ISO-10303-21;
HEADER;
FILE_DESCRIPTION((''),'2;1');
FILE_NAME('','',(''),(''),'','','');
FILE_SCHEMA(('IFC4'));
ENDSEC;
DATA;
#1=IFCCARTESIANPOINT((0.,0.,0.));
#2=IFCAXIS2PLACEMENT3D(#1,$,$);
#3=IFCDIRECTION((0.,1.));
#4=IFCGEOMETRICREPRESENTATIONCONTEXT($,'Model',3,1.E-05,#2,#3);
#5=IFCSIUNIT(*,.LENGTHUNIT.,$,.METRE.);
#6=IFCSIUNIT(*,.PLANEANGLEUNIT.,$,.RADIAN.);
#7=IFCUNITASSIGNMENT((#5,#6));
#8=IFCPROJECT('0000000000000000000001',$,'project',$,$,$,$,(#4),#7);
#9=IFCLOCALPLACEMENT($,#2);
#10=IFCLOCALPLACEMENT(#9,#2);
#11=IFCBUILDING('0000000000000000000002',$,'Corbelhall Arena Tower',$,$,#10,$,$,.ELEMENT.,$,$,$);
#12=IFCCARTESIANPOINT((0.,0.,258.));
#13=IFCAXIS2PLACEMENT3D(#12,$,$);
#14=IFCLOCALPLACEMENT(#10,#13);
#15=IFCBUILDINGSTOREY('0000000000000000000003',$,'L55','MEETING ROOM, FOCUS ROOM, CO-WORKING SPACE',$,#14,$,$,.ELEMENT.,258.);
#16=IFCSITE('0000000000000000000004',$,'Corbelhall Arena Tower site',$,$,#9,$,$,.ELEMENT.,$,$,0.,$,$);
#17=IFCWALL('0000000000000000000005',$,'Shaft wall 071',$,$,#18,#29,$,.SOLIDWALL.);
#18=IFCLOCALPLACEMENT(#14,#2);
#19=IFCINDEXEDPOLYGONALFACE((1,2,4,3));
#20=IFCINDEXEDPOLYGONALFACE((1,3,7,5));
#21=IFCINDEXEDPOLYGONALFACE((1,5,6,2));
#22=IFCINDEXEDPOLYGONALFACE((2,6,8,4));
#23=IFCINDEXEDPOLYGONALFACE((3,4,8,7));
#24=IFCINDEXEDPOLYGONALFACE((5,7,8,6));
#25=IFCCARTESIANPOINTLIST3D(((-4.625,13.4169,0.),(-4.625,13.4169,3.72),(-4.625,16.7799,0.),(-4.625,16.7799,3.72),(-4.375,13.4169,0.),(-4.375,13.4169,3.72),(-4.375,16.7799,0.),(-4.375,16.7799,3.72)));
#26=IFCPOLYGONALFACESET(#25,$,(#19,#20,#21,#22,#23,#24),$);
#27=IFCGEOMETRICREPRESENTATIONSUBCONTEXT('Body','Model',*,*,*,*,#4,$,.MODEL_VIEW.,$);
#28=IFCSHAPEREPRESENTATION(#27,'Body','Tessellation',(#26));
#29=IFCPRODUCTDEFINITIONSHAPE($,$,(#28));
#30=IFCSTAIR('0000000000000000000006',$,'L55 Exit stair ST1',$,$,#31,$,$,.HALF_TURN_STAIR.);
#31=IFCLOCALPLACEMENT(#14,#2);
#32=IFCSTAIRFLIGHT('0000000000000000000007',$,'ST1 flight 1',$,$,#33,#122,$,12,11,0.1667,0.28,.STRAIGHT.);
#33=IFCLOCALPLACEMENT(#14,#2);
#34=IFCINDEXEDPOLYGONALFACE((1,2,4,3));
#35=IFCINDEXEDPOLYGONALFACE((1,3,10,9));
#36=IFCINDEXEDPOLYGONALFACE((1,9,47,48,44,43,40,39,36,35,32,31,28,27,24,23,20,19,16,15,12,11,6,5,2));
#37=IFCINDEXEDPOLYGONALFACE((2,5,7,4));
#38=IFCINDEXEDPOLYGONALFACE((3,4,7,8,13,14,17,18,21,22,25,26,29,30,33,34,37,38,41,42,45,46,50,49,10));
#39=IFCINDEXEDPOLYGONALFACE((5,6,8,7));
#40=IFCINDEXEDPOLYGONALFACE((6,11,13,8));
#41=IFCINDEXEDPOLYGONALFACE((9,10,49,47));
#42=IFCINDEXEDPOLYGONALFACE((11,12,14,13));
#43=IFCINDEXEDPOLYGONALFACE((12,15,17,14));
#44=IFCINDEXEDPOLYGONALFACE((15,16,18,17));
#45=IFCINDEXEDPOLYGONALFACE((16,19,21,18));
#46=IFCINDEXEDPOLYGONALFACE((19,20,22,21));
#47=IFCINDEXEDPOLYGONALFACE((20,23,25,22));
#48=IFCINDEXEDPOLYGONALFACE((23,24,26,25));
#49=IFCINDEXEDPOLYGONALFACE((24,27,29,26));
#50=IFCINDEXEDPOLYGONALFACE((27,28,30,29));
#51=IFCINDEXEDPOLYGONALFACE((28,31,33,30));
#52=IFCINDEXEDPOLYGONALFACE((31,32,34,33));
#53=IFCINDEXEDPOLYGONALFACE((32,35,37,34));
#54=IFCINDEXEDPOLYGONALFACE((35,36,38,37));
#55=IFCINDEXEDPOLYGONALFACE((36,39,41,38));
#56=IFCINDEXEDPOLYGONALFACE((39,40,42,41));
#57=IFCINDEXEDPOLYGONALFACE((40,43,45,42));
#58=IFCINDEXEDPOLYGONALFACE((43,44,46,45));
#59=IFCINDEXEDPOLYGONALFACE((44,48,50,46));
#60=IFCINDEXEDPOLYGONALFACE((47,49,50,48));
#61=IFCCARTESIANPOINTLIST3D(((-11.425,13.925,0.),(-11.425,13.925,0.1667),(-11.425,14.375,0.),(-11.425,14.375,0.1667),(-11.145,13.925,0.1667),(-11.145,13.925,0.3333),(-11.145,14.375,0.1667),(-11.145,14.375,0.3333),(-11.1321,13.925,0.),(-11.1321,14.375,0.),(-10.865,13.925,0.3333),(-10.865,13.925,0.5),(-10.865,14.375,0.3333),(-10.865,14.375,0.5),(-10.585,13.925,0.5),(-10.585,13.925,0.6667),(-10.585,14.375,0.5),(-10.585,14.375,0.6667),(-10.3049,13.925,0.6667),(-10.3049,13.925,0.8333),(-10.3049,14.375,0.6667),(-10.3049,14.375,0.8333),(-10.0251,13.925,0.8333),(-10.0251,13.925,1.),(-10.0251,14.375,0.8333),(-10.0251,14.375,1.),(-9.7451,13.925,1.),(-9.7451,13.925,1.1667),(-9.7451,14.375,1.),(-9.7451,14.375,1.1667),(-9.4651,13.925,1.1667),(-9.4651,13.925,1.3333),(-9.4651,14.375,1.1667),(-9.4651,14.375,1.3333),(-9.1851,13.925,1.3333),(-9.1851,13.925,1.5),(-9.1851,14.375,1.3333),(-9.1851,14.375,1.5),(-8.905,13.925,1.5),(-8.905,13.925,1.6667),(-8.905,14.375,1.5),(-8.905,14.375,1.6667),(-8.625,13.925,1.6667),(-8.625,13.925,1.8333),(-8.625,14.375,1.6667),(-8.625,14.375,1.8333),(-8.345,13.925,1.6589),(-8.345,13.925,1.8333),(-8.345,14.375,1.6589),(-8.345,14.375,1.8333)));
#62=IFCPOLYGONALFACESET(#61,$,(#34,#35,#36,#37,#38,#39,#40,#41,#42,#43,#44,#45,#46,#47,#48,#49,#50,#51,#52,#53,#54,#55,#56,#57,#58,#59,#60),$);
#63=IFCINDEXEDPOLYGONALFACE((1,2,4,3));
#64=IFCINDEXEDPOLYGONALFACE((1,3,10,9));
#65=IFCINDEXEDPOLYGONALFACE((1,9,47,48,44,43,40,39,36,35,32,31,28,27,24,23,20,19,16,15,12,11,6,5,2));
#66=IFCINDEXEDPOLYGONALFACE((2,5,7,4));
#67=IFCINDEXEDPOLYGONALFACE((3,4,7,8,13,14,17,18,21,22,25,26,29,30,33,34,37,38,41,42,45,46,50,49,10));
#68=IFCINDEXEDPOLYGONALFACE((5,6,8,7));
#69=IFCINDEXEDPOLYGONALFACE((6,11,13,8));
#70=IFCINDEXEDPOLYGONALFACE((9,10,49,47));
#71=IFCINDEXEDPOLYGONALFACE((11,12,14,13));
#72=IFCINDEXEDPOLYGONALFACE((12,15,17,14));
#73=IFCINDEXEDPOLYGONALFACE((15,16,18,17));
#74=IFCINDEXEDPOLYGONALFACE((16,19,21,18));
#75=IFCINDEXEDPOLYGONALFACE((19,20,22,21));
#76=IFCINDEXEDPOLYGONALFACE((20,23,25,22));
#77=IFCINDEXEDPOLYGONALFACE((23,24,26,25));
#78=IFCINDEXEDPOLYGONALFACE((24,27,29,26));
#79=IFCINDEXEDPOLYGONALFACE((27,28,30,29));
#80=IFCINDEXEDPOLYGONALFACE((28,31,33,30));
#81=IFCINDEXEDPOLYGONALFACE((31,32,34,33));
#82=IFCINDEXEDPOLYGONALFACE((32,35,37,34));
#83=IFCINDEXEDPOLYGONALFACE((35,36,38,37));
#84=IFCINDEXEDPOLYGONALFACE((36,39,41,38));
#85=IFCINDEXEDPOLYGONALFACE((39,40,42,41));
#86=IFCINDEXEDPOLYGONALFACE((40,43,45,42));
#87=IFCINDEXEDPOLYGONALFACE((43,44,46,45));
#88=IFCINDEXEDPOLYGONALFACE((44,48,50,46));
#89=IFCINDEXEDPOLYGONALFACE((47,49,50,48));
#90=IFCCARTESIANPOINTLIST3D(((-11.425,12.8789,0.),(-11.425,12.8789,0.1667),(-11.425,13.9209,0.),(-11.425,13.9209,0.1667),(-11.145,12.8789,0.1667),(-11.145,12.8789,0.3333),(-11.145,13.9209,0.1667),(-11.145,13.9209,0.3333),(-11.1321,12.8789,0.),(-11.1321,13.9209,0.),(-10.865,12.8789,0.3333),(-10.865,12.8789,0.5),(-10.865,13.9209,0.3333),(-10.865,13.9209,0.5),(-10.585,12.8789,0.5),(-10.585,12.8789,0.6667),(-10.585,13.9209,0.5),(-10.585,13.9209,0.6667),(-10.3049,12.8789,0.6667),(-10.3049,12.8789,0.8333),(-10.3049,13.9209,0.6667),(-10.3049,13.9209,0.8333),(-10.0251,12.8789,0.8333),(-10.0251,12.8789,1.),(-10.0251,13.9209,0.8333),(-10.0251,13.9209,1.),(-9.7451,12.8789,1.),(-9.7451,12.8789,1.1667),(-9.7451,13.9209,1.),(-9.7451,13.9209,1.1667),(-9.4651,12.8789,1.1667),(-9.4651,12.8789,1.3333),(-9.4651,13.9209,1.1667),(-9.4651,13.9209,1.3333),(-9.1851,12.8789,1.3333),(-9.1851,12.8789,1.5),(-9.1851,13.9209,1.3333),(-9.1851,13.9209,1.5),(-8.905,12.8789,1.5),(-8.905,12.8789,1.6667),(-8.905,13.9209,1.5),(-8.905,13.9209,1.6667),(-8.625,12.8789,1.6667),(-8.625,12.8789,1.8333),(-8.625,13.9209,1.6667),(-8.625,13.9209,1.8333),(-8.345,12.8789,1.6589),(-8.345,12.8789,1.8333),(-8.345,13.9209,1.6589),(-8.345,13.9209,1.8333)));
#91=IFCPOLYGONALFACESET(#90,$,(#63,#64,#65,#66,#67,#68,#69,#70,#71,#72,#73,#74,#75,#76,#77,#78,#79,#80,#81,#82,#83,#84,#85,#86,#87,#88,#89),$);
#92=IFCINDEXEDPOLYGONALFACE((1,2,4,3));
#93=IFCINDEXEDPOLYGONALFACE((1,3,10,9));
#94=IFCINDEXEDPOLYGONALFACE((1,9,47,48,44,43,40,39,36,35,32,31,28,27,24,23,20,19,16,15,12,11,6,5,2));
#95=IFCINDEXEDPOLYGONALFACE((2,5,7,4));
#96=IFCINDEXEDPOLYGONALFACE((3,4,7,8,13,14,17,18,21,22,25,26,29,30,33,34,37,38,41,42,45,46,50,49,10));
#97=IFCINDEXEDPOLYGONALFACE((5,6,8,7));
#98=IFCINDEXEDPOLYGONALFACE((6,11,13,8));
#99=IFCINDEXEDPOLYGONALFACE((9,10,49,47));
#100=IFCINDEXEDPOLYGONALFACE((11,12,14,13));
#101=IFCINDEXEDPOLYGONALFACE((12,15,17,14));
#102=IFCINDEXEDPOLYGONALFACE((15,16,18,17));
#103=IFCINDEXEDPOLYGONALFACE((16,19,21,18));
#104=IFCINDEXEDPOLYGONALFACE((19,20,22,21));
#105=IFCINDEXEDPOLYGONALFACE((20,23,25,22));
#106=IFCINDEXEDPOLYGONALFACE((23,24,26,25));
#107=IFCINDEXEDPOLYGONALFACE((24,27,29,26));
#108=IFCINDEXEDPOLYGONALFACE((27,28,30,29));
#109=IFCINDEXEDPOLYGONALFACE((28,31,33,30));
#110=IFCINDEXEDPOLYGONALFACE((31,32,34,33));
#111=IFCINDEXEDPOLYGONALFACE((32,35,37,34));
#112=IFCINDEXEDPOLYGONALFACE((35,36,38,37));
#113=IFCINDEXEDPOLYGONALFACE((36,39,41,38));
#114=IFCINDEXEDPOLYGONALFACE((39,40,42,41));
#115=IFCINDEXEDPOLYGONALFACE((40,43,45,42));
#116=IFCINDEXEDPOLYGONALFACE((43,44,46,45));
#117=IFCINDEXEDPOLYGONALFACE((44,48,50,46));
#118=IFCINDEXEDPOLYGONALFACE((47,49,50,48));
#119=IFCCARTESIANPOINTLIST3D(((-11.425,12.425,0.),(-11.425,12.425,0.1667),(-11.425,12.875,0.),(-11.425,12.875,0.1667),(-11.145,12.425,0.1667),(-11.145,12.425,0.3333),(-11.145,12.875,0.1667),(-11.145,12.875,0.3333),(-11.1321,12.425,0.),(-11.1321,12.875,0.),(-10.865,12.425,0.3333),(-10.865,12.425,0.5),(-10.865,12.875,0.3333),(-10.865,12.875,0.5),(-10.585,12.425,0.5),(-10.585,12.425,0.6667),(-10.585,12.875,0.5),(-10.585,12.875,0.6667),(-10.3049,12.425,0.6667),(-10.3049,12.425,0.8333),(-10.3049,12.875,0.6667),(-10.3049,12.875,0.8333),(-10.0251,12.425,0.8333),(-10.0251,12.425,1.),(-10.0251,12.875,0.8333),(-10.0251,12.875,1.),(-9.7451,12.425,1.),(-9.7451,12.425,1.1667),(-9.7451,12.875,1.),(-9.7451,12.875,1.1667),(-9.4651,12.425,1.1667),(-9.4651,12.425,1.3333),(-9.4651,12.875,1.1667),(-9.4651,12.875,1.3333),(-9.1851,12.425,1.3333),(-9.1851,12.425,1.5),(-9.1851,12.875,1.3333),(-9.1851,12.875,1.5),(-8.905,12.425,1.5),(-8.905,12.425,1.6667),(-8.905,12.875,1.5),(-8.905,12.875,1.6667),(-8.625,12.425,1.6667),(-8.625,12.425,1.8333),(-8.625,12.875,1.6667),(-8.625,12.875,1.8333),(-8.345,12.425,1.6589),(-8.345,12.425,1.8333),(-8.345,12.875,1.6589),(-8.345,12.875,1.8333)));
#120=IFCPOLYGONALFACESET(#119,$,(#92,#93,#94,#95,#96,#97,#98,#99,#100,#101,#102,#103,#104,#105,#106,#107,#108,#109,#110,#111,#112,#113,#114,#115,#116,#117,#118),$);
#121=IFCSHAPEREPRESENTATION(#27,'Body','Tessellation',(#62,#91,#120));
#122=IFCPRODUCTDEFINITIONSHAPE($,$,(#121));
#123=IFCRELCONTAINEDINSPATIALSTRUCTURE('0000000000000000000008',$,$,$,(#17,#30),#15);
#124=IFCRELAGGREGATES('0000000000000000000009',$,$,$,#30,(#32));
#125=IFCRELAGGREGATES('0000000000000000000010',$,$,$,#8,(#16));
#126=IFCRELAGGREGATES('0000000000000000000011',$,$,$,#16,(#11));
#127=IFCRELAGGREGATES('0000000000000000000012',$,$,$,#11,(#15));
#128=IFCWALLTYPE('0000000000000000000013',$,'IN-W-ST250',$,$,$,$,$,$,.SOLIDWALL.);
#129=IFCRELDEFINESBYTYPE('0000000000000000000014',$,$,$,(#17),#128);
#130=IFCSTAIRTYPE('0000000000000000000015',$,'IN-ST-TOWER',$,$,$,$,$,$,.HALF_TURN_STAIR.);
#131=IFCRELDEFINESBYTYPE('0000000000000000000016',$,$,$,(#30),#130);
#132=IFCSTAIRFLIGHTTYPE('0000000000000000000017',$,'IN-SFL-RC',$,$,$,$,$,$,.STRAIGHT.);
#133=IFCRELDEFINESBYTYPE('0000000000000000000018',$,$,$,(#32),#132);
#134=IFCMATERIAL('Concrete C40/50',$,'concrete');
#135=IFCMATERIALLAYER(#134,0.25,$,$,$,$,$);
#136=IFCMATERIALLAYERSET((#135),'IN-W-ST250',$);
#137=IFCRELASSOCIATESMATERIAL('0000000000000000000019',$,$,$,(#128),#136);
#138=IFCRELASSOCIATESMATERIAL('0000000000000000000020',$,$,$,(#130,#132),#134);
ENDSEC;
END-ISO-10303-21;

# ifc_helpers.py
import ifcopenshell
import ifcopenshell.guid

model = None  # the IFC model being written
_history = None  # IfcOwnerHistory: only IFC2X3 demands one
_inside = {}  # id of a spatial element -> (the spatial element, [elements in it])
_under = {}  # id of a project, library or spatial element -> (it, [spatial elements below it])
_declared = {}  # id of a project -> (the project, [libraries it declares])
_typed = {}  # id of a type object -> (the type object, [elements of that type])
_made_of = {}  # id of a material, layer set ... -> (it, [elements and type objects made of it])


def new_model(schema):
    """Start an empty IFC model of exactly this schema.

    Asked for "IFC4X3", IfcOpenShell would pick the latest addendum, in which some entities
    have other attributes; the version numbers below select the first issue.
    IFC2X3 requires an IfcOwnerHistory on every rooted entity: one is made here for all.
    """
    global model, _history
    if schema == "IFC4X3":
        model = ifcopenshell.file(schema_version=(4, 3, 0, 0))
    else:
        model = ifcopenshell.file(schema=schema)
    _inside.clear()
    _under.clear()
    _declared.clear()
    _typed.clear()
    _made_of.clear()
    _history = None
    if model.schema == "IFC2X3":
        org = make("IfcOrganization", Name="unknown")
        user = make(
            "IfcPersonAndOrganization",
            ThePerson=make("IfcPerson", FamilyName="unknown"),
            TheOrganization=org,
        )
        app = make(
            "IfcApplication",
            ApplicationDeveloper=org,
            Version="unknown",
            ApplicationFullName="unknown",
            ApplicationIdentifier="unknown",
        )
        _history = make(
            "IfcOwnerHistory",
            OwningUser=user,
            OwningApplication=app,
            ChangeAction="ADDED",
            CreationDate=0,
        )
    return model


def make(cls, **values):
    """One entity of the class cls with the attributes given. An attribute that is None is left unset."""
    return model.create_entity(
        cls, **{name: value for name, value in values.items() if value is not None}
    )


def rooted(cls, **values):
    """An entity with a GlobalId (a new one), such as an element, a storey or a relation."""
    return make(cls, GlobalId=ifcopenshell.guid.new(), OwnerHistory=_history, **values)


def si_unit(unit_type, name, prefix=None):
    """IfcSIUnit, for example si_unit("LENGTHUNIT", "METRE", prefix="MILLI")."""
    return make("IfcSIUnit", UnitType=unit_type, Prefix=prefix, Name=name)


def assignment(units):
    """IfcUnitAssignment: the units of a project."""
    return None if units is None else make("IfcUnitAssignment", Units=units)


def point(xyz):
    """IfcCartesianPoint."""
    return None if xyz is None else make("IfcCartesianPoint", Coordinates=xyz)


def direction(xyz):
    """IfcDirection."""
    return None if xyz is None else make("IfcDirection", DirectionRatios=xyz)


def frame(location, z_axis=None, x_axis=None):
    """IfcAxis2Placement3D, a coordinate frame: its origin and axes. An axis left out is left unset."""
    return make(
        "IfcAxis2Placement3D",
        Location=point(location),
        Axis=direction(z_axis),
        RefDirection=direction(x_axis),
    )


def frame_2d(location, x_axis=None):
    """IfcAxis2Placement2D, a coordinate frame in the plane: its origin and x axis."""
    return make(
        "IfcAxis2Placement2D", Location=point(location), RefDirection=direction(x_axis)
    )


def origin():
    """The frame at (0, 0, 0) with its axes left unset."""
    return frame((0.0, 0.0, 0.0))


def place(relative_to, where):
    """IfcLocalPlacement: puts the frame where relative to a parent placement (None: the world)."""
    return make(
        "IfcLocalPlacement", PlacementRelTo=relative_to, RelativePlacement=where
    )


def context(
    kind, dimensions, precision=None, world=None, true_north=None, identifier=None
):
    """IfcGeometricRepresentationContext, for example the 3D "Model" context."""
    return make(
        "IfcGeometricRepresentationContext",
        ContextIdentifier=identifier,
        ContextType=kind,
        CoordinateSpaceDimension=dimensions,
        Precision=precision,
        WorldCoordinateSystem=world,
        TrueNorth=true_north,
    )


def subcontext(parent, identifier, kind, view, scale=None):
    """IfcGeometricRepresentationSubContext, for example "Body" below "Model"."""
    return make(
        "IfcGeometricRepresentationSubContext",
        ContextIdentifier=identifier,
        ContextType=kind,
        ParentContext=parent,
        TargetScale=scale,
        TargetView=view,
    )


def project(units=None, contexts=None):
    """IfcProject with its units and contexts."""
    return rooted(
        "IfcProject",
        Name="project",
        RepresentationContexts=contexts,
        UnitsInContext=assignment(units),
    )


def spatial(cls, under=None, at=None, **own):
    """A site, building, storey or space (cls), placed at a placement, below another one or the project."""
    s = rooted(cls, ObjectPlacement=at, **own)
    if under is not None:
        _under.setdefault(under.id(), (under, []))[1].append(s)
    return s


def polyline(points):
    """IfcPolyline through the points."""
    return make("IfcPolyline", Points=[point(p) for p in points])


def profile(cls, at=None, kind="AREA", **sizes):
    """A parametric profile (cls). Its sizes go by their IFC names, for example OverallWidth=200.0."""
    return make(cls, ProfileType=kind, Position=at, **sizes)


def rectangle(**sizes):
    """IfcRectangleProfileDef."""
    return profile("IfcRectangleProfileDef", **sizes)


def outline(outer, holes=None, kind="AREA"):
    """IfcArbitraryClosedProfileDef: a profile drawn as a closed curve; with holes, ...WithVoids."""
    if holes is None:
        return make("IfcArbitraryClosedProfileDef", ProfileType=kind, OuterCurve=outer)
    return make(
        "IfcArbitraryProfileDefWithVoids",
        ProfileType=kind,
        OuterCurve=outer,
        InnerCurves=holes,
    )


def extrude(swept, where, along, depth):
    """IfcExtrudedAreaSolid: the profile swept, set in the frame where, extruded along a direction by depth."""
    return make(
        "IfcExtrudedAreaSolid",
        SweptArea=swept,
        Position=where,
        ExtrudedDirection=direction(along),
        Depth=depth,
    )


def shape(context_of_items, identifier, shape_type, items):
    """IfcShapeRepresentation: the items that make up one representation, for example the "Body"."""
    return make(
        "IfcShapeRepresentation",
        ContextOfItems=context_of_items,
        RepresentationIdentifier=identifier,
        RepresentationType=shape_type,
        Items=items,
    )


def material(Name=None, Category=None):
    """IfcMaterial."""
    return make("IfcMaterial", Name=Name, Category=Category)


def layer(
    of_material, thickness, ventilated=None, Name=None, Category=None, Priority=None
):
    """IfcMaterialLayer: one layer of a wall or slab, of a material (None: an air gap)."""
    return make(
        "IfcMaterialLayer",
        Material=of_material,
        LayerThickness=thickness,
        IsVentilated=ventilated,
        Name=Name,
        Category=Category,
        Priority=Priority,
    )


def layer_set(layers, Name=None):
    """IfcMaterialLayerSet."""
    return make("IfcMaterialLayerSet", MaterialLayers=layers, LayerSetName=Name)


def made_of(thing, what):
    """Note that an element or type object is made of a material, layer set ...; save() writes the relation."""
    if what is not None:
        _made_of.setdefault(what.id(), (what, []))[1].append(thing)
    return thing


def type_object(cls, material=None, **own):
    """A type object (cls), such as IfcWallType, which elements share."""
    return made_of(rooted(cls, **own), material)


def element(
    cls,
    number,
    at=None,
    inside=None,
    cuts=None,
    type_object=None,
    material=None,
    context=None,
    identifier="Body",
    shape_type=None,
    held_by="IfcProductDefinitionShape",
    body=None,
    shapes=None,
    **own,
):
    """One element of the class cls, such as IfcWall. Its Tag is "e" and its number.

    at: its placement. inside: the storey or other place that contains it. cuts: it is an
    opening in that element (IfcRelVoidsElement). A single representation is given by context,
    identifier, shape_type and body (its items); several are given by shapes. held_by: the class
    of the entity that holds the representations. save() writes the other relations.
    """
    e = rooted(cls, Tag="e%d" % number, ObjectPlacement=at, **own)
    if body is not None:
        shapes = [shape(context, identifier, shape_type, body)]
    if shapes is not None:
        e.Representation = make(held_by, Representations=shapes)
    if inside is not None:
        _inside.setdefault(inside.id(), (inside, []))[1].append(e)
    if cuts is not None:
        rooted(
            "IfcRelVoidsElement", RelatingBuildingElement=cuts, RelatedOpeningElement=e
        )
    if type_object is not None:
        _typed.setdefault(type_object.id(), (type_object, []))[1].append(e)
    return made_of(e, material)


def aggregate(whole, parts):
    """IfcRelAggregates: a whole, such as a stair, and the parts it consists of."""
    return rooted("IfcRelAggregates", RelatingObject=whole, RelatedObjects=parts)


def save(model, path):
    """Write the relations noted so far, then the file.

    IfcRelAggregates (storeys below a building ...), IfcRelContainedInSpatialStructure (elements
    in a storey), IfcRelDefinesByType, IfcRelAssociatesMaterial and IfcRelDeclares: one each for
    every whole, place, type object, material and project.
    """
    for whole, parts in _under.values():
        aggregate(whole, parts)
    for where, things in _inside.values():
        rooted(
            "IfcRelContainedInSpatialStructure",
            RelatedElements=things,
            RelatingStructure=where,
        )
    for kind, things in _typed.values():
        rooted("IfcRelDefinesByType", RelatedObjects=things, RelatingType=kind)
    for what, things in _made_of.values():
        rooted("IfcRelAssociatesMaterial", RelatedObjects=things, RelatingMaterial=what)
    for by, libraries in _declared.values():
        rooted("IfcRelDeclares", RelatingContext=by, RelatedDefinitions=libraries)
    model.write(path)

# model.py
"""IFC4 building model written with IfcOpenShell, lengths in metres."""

from ifc_helpers import new_model, si_unit, direction, frame, frame_2d, origin, place, context, subcontext, project, spatial, polyline, rectangle, outline, extrude, material, layer, layer_set, type_object, element, aggregate, save


model = new_model("IFC4")

# Units and contexts
model_context = context("Model", 3, precision=1e-05, world=origin(), true_north=direction((0.0, 1.0)))
body_context = subcontext(model_context, "Body", "Model", "MODEL_VIEW")
ifc_project = project(units=[si_unit("LENGTHUNIT", "METRE"), si_unit("PLANEANGLEUNIT", "RADIAN")], contexts=[model_context])

# Site, building, storey
site_placement = place(None, origin())
site = spatial("IfcSite", under=ifc_project, at=site_placement, Name="Corbelhall Arena Tower site", CompositionType="ELEMENT", RefElevation=0.0)
building_placement = place(site_placement, origin())
building = spatial("IfcBuilding", under=site, at=building_placement, Name="Corbelhall Arena Tower", CompositionType="ELEMENT")
storey_placement = place(building_placement, frame((0.0, 0.0, 258.0)))
storey = spatial("IfcBuildingStorey", under=building, at=storey_placement, Name="L55", Description="MEETING ROOM, FOCUS ROOM, CO-WORKING SPACE", CompositionType="ELEMENT", Elevation=258.0)

# Wall
ifc_material_1 = material(Name="Concrete C40/50", Category="concrete")
ifc_layer_1 = layer(ifc_material_1, 0.25)
ifc_layer_set_1 = layer_set([ifc_layer_1], Name="IN-W-ST250")
wall_type_1 = type_object("IfcWallType", Name="IN-W-ST250", PredefinedType="SOLIDWALL", material=ifc_layer_set_1)
wall_1_placement = place(storey_placement, frame((-4.5, 16.78, 0.0), z_axis=(0.0, 0.0, 1.0), x_axis=(0.0, -1.0, 0.0)))
element("IfcWall", 1, at=wall_1_placement, inside=storey, type_object=wall_type_1, Name="Shaft wall 071", PredefinedType="SOLIDWALL", context=body_context, shape_type="SweptSolid", body=[
    extrude(rectangle(XDim=3.363, YDim=0.25, at=frame_2d((1.6816, 0.0))), origin(), (0.0, 0.0, 1.0), 3.72),
])

# Stair, stair flight
stair_type = type_object("IfcStairType", Name="IN-ST-TOWER", PredefinedType="HALF_TURN_STAIR", material=ifc_material_1)
stair_placement = place(storey_placement, origin())
stair = element("IfcStair", 2, at=stair_placement, inside=storey, type_object=stair_type, Name="L55 Exit stair ST1", PredefinedType="HALF_TURN_STAIR")
stair_flight_type = type_object("IfcStairFlightType", Name="IN-SFL-RC", PredefinedType="STRAIGHT", material=ifc_material_1)
stair_flight_1_placement = place(storey_placement, frame((-11.425, 13.3999, 0.0), z_axis=(0.0, 0.0, 1.0), x_axis=(1.0, 0.0, 0.0)))
stair_flight_1 = element("IfcStairFlight", 3, at=stair_flight_1_placement, type_object=stair_flight_type, Name="ST1 flight 1", NumberOfRisers=12, NumberOfTreads=11, PredefinedType="STRAIGHT", RiserHeight=0.1667, TreadLength=0.28, context=body_context, shape_type="SweptSolid", body=[
    extrude(outline(polyline([(0.0, 0.0), (0.0, 0.1667), (0.28, 0.1667), (0.28, 0.3333), (0.5601, 0.3333), (0.5601, 0.5), (0.8401, 0.5), (0.8401, 0.6667), (1.1201, 0.6667), (1.1201, 0.8333), (1.3999, 0.8333), (1.3999, 1.0), (1.6799, 1.0), (1.6799, 1.1667), (1.96, 1.1667), (1.96, 1.3333), (2.24, 1.3333), (2.24, 1.5), (2.52, 1.5), (2.52, 1.6667), (2.8, 1.6667), (2.8, 1.8333), (3.0801, 1.8333), (3.0801, 2.0), (3.0801, 1.6589), (0.293, 0.0), (0.0, 0.0)])), frame((0.0, 0.9751, 0.0), z_axis=(0.0, -1.0, 0.0), x_axis=(1.0, 0.0, 0.0)), (0.0, 0.0, 1.0), 0.45),
    extrude(outline(polyline([(0.0, 0.0), (0.0, 0.1667), (0.28, 0.1667), (0.28, 0.3333), (0.5601, 0.3333), (0.5601, 0.5), (0.8401, 0.5), (0.8401, 0.6667), (1.1201, 0.6667), (1.1201, 0.8333), (1.3999, 0.8333), (1.3999, 1.0), (1.6799, 1.0), (1.6799, 1.1667), (1.96, 1.1667), (1.96, 1.3333), (2.24, 1.3333), (2.24, 1.5), (2.52, 1.5), (2.52, 1.6667), (2.8, 1.6667), (2.8, 1.8333), (3.0801, 1.8333), (3.0801, 2.0), (3.0801, 1.6589), (0.293, 0.0), (0.0, 0.0)])), frame((0.0, 0.521, 0.0), z_axis=(0.0, -1.0, 0.0), x_axis=(1.0, 0.0, 0.0)), (0.0, 0.0, 1.0), 1.042),
    extrude(outline(polyline([(0.0, 0.0), (0.0, 0.1667), (0.28, 0.1667), (0.28, 0.3333), (0.5601, 0.3333), (0.5601, 0.5), (0.8401, 0.5), (0.8401, 0.6667), (1.1201, 0.6667), (1.1201, 0.8333), (1.3999, 0.8333), (1.3999, 1.0), (1.6799, 1.0), (1.6799, 1.1667), (1.96, 1.1667), (1.96, 1.3333), (2.24, 1.3333), (2.24, 1.5), (2.52, 1.5), (2.52, 1.6667), (2.8, 1.6667), (2.8, 1.8333), (3.0801, 1.8333), (3.0801, 2.0), (3.0801, 1.6589), (0.293, 0.0), (0.0, 0.0)])), frame((0.0, -0.5249, 0.0), z_axis=(0.0, -1.0, 0.0), x_axis=(1.0, 0.0, 0.0)), (0.0, 0.0, 1.0), 0.45),
])
aggregate(stair, [stair_flight_1])

save(model, "model.ifc")
